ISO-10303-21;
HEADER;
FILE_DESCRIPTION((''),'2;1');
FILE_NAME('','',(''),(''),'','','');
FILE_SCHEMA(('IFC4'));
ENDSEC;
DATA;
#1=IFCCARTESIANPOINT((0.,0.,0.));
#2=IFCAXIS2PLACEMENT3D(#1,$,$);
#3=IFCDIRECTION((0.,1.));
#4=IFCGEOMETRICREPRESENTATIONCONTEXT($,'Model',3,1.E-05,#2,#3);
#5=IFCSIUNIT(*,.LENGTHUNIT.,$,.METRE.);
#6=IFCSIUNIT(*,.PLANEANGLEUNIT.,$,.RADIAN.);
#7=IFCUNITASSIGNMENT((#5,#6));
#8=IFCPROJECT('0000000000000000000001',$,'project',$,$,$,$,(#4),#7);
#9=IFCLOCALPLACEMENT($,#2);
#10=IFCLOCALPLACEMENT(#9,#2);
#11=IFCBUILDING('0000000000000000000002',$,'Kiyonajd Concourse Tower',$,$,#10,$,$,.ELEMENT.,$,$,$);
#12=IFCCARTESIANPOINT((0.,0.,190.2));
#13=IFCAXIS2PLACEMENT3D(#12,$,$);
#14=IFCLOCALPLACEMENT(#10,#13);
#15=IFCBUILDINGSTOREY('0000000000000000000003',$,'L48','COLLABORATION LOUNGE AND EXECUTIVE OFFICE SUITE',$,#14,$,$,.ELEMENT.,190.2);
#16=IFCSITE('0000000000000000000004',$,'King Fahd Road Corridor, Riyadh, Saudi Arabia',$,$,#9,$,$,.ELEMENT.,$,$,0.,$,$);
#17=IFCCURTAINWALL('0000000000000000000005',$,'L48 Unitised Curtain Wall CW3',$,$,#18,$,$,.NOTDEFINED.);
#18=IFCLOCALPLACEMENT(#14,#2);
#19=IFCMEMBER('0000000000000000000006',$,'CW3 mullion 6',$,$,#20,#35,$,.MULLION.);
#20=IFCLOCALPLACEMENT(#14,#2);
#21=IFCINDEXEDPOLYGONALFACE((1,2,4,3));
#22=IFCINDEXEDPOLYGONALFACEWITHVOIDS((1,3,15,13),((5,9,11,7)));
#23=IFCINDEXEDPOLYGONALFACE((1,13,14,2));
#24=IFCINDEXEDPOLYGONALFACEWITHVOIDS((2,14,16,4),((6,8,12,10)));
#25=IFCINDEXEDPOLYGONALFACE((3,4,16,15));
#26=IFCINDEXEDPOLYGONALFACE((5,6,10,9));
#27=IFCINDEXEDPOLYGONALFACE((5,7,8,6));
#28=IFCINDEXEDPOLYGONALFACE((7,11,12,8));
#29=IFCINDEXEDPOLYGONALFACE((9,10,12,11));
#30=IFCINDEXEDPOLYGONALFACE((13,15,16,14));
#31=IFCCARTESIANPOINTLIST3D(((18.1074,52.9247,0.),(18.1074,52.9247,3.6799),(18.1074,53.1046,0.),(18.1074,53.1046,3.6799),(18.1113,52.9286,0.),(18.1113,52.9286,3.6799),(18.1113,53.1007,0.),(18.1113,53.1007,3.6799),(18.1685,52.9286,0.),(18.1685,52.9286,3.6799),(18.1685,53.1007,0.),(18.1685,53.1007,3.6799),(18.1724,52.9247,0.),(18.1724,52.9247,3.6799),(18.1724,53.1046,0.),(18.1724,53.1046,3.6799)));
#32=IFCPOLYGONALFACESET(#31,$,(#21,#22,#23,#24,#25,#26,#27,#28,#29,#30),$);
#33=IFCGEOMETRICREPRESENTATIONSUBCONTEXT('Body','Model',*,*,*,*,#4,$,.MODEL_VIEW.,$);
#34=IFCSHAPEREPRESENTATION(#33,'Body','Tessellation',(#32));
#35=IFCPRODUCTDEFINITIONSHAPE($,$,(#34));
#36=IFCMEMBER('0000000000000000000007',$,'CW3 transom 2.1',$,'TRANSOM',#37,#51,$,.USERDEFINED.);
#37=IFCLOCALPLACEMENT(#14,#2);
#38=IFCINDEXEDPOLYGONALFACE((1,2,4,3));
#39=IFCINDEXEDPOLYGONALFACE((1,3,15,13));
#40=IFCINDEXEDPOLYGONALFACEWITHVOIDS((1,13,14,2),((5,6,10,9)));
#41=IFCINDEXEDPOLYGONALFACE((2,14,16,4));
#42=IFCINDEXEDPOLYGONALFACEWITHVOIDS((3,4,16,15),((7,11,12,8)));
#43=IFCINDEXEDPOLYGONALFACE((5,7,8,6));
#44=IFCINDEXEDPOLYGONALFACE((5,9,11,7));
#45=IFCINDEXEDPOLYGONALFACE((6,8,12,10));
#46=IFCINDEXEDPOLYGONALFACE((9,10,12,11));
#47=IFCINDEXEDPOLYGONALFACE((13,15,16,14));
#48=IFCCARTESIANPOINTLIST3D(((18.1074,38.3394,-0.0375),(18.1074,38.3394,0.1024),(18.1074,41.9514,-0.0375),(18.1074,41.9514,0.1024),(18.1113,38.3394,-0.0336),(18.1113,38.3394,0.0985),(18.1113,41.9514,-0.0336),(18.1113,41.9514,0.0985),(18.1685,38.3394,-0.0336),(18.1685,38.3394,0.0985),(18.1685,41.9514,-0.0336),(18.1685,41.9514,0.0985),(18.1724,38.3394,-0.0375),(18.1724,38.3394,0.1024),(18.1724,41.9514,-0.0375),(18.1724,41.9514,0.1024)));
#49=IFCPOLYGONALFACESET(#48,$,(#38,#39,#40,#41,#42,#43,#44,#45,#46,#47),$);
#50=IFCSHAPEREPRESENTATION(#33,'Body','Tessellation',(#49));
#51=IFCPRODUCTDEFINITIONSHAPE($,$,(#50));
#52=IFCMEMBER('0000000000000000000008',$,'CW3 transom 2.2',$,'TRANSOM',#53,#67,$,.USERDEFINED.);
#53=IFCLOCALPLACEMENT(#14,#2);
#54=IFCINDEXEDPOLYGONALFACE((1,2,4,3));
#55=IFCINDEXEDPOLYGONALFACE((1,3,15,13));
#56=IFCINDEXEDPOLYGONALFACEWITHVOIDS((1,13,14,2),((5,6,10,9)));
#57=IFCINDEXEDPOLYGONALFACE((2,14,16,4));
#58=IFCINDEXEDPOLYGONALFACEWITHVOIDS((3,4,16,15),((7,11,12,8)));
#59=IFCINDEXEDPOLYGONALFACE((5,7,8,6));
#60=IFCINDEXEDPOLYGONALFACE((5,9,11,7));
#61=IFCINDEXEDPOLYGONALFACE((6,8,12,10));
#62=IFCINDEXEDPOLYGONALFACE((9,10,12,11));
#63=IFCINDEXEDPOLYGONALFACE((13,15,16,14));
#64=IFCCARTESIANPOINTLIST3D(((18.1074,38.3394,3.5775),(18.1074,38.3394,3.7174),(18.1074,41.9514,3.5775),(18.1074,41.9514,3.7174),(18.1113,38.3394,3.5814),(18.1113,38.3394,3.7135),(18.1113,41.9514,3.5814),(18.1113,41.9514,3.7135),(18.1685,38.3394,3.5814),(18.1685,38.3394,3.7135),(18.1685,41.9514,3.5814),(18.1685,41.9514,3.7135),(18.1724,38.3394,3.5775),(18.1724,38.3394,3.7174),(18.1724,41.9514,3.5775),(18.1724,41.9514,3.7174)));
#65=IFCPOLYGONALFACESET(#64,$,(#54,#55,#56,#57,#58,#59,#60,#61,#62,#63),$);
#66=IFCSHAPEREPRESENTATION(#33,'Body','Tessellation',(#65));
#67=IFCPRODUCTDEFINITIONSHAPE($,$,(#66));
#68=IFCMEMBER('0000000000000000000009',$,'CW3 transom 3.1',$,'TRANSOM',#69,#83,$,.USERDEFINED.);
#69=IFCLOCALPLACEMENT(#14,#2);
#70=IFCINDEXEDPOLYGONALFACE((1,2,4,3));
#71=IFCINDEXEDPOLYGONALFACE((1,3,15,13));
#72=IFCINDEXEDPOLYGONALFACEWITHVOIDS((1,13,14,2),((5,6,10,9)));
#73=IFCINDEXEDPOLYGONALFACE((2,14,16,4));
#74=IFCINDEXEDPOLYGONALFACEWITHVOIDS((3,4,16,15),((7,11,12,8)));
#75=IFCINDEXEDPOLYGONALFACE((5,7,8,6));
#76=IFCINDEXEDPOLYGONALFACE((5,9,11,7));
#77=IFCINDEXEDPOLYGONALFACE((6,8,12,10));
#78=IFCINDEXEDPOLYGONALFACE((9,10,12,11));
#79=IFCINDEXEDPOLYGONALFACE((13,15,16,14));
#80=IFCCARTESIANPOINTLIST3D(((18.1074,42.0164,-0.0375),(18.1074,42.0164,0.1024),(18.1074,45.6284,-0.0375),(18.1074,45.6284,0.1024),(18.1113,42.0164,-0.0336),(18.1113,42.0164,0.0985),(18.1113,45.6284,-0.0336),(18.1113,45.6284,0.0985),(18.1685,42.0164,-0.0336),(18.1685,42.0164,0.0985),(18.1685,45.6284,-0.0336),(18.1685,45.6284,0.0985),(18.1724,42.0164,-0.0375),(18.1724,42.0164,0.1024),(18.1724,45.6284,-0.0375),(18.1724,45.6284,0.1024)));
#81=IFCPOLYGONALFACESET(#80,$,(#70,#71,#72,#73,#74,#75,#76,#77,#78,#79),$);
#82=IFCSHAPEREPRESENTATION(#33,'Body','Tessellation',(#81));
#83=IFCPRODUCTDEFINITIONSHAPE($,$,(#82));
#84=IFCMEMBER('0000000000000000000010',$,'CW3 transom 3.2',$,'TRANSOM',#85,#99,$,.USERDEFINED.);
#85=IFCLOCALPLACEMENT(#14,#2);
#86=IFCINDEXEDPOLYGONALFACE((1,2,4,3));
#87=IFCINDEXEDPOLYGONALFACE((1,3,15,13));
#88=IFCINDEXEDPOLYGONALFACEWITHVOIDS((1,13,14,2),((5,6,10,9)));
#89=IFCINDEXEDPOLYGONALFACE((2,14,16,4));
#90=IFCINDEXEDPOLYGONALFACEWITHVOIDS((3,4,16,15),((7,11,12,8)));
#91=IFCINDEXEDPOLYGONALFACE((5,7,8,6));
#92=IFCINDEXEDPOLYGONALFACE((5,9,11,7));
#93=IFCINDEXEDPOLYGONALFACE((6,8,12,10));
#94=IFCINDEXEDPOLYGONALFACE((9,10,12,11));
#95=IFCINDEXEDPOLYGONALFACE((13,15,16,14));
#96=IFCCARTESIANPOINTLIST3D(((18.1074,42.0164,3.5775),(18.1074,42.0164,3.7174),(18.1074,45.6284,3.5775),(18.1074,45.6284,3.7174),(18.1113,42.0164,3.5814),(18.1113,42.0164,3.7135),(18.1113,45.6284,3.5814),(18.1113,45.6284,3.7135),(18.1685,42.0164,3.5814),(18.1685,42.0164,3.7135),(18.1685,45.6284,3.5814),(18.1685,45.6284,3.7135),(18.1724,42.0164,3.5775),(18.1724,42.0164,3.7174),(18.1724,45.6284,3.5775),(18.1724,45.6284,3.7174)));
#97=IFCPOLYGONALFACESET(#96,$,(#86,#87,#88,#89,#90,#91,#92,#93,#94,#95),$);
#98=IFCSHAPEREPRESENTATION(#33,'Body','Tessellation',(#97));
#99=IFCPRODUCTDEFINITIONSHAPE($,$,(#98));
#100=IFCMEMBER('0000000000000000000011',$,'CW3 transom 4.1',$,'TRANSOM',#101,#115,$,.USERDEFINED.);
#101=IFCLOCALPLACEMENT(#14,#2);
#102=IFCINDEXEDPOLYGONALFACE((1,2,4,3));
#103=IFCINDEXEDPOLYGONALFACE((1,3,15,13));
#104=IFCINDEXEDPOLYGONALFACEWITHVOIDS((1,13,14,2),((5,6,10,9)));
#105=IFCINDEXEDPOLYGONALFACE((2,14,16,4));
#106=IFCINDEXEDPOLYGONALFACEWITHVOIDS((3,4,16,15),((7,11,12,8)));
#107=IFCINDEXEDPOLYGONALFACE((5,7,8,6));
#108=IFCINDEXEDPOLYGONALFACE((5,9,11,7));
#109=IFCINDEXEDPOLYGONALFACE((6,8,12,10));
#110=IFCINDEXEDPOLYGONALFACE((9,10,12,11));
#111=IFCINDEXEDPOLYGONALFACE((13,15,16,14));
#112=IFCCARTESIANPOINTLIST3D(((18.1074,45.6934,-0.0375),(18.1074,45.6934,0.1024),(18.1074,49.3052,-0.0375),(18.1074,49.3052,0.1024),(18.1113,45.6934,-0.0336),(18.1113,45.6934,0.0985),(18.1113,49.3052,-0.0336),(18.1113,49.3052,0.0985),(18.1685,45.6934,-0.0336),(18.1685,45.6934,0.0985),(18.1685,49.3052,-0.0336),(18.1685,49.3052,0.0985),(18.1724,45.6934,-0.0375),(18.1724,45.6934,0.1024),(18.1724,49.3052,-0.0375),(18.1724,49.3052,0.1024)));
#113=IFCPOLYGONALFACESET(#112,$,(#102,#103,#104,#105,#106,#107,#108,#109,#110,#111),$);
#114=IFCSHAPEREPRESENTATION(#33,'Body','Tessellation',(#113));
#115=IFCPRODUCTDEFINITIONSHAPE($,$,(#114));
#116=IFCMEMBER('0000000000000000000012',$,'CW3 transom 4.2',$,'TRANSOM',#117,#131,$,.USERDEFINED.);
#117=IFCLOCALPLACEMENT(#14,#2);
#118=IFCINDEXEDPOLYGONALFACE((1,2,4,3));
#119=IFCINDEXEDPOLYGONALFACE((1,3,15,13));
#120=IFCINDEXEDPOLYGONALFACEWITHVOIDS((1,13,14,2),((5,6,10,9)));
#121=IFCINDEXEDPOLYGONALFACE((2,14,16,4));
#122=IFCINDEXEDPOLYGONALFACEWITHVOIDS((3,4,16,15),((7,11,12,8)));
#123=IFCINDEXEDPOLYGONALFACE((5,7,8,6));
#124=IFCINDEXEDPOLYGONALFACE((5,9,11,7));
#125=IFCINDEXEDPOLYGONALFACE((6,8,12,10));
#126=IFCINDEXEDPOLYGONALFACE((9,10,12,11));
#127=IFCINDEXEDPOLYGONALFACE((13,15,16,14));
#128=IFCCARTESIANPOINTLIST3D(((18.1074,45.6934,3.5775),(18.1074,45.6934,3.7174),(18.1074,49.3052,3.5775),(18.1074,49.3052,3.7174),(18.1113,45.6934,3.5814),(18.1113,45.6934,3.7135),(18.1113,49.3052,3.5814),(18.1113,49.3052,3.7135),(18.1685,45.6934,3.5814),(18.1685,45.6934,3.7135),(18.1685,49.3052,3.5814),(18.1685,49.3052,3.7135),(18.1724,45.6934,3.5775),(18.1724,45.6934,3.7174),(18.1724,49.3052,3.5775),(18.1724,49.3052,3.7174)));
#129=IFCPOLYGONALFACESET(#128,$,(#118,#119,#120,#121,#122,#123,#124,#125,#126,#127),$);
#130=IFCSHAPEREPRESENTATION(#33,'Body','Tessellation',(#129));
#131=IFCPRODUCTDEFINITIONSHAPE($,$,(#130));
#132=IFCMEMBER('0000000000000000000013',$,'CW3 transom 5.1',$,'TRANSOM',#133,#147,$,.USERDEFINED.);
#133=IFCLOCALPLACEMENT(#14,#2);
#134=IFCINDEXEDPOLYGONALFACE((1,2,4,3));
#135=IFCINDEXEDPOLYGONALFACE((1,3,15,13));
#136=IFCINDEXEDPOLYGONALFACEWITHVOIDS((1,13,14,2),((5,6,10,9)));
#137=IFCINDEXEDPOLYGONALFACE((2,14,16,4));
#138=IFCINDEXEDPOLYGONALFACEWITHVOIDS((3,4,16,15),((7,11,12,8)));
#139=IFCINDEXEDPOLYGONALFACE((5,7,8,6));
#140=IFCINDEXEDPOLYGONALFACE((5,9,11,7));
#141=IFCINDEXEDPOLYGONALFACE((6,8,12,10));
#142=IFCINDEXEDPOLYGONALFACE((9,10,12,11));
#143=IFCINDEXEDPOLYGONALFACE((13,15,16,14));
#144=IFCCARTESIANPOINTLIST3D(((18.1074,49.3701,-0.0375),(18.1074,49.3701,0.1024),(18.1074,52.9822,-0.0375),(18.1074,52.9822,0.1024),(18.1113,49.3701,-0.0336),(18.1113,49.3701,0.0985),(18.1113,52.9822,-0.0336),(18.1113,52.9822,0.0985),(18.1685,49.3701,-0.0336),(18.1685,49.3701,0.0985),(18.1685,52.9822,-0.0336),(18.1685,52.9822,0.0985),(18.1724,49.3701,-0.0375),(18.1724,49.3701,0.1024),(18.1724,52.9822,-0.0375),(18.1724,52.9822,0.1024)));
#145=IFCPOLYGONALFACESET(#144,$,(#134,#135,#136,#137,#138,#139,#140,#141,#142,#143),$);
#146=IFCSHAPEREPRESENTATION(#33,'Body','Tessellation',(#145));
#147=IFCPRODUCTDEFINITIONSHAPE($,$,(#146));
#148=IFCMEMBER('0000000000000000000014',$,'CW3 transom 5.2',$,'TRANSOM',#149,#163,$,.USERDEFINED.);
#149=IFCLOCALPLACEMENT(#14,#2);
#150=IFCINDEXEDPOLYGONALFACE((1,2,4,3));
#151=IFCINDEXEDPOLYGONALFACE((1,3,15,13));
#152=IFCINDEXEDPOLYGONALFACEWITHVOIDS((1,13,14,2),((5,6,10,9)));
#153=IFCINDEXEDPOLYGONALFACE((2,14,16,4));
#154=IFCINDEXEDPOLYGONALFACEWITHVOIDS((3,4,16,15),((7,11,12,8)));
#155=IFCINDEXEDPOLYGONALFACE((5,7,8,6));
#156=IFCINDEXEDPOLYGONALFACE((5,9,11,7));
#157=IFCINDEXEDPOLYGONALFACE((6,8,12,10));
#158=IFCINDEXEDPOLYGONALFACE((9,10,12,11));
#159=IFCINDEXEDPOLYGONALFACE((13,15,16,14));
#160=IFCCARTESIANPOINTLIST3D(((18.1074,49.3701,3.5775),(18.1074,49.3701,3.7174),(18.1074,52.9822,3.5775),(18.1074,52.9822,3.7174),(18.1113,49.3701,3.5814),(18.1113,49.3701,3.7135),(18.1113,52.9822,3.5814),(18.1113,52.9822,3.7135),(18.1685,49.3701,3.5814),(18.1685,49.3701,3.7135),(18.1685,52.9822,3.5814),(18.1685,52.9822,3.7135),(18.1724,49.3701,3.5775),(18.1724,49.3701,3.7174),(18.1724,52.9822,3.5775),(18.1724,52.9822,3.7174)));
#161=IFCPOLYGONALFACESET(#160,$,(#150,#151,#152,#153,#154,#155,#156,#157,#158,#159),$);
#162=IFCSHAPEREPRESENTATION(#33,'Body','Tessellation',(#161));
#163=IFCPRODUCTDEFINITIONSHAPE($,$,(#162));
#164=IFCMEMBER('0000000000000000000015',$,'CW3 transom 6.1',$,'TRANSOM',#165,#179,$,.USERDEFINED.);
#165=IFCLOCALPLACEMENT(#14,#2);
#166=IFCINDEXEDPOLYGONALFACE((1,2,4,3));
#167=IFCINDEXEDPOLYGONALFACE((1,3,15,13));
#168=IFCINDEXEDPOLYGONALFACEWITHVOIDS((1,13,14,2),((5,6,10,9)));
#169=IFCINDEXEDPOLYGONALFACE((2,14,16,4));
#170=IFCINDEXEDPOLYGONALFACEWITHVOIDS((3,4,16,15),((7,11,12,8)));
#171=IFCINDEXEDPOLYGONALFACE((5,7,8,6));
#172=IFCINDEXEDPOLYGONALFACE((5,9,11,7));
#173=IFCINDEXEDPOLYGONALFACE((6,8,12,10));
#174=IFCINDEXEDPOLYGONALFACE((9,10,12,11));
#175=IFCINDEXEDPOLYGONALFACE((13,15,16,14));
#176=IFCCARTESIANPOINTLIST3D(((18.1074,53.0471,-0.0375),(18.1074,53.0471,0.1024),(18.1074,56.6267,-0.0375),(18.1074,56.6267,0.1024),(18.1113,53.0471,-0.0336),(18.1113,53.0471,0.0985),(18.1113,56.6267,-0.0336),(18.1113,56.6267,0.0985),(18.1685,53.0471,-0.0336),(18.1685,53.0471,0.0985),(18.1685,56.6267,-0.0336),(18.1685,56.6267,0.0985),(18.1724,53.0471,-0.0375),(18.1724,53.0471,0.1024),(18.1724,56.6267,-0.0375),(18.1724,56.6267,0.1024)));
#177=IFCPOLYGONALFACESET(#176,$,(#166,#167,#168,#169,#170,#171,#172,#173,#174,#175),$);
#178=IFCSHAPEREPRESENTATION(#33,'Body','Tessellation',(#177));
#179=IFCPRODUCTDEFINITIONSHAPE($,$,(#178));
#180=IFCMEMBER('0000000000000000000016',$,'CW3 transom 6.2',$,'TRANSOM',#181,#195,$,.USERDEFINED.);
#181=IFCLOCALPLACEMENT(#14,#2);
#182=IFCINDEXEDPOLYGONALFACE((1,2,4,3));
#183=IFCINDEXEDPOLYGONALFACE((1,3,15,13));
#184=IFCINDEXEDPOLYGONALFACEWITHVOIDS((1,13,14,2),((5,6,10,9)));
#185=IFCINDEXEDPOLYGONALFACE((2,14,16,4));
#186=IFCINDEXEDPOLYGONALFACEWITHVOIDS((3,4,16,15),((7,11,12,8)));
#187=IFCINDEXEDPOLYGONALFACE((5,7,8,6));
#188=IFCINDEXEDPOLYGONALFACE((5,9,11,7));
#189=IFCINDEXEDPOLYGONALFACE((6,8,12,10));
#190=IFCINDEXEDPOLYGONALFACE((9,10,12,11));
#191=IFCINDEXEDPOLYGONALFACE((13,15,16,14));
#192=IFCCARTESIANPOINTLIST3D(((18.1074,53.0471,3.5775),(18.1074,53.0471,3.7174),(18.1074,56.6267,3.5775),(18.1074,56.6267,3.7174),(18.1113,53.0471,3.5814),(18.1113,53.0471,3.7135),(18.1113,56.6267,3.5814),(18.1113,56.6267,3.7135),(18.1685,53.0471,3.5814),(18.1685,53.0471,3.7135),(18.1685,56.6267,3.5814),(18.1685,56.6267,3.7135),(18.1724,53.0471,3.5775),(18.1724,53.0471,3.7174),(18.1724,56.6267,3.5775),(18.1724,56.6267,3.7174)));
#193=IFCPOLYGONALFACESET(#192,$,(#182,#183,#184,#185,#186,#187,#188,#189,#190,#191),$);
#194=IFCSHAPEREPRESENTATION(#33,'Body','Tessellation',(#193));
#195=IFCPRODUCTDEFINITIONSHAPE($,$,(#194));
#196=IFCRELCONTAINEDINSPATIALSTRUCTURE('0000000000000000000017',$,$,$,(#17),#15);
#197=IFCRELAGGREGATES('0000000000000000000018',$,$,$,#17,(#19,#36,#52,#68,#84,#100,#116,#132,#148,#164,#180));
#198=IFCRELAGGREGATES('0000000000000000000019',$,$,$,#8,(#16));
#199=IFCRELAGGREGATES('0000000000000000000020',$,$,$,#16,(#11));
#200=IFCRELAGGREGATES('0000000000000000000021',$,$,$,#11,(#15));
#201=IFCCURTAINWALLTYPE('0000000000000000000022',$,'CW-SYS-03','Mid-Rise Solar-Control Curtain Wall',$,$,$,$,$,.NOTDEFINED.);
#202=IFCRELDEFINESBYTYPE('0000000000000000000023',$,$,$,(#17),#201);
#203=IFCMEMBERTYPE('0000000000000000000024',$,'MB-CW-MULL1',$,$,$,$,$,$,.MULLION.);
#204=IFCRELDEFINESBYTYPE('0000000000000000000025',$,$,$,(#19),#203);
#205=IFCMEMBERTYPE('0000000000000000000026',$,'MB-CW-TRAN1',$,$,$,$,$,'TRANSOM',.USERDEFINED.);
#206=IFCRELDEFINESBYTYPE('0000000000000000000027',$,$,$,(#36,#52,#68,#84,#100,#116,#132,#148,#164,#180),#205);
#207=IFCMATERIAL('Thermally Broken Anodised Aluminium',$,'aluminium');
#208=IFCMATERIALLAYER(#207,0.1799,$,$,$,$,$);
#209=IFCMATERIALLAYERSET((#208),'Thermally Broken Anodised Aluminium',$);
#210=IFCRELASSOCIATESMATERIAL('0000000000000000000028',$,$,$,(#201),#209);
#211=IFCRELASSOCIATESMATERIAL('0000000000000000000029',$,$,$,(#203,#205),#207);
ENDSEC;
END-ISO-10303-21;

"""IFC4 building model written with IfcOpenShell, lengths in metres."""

from ifc_helpers import new_model, si_unit, direction, frame, origin, origin_2d, place, context, subcontext, project, spatial, hollow_rectangle, extrude, material, layer, layer_set, material_profile, profile_set, type_object, element, aggregate, save


model = new_model("IFC4")

# Units and contexts
model_context = context("Model", 3, precision=1e-05, world=origin(), true_north=direction((0.0, 1.0)))
body_context = subcontext(model_context, "Body", "Model", "MODEL_VIEW")
ifc_project = project(units=[si_unit("LENGTHUNIT", "METRE"), si_unit("PLANEANGLEUNIT", "RADIAN")], contexts=[model_context])

# Site, building, storey
site_placement = place(None, origin())
site = spatial("IfcSite", under=ifc_project, at=site_placement, Name="King Fahd Road Corridor, Riyadh, Saudi Arabia", CompositionType="ELEMENT", RefElevation=0.0)
building_placement = place(site_placement, origin())
building = spatial("IfcBuilding", under=site, at=building_placement, Name="Kiyonajd Concourse Tower", CompositionType="ELEMENT")
storey_placement = place(building_placement, frame((0.0, 0.0, 190.2)))
storey = spatial("IfcBuildingStorey", under=building, at=storey_placement, Name="L48", Description="COLLABORATION LOUNGE AND EXECUTIVE OFFICE SUITE", CompositionType="ELEMENT", Elevation=190.2)

# Curtain wall, members
ifc_material_1 = material(Name="Thermally Broken Anodised Aluminium", Category="aluminium")
ifc_layer_1 = layer(ifc_material_1, 0.1799)
ifc_layer_set_1 = layer_set([ifc_layer_1], Name="Thermally Broken Anodised Aluminium")
curtain_wall_type = type_object("IfcCurtainWallType", Name="CW-SYS-03", Description="Mid-Rise Solar-Control Curtain Wall", PredefinedType="NOTDEFINED", material=ifc_layer_set_1)
curtain_wall_placement = place(storey_placement, origin())
curtain_wall = element("IfcCurtainWall", 1, at=curtain_wall_placement, inside=storey, type_object=curtain_wall_type, Name="L48 Unitised Curtain Wall CW3", PredefinedType="NOTDEFINED")
ifc_material_profile_1 = material_profile(ifc_material_1, hollow_rectangle(XDim=0.0649, YDim=0.1799, WallThickness=0.0039, at=origin_2d()), Name="MULL-65x180")
ifc_profile_set_1 = profile_set([ifc_material_profile_1], Name="Thermally Broken Anodised Aluminium")
member_type_1 = type_object("IfcMemberType", Name="MB-CW-MULL1", PredefinedType="MULLION", material=ifc_profile_set_1)
member_1_placement = place(storey_placement, frame((18.1399, 53.0146, 0.0), z_axis=(0.0, 0.0, 1.0), x_axis=(-1.0, 0.0, 0.0)))
member_1 = element("IfcMember", 2, at=member_1_placement, type_object=member_type_1, Name="CW3 mullion 6", PredefinedType="MULLION", context=body_context, shape_type="SweptSolid", body=[
    extrude(hollow_rectangle(XDim=0.0649, YDim=0.1799, WallThickness=0.0039, at=origin_2d()), origin(), (0.0, 0.0, 1.0), 3.6799),
])
ifc_material_profile_2 = material_profile(ifc_material_1, hollow_rectangle(XDim=0.0649, YDim=0.1399, WallThickness=0.0039, at=origin_2d()), Name="TRAN-65x140")
ifc_profile_set_2 = profile_set([ifc_material_profile_2], Name="Thermally Broken Anodised Aluminium")
member_type_2 = type_object("IfcMemberType", Name="MB-CW-TRAN1", ElementType="TRANSOM", PredefinedType="USERDEFINED", material=ifc_profile_set_2)
member_2_placement = place(storey_placement, frame((18.1399, 38.3394, 0.0325), z_axis=(0.0, 1.0, 0.0), x_axis=(-1.0, 0.0, 0.0)))
member_2 = element("IfcMember", 3, at=member_2_placement, type_object=member_type_2, Name="CW3 transom 2.1", ObjectType="TRANSOM", PredefinedType="USERDEFINED", context=body_context, shape_type="SweptSolid", body=[
    extrude(hollow_rectangle(XDim=0.0649, YDim=0.1399, WallThickness=0.0039, at=origin_2d()), origin(), (0.0, 0.0, 1.0), 3.6121),
])
member_3_placement = place(storey_placement, frame((18.1399, 38.3394, 3.6475), z_axis=(0.0, 1.0, 0.0), x_axis=(-1.0, 0.0, 0.0)))
member_3 = element("IfcMember", 4, at=member_3_placement, type_object=member_type_2, Name="CW3 transom 2.2", ObjectType="TRANSOM", PredefinedType="USERDEFINED", context=body_context, shape_type="SweptSolid", body=[
    extrude(hollow_rectangle(XDim=0.0649, YDim=0.1399, WallThickness=0.0039, at=origin_2d()), origin(), (0.0, 0.0, 1.0), 3.6121),
])
member_4_placement = place(storey_placement, frame((18.1399, 42.0164, 0.0325), z_axis=(0.0, 1.0, 0.0), x_axis=(-1.0, 0.0, 0.0)))
member_4 = element("IfcMember", 5, at=member_4_placement, type_object=member_type_2, Name="CW3 transom 3.1", ObjectType="TRANSOM", PredefinedType="USERDEFINED", context=body_context, shape_type="SweptSolid", body=[
    extrude(hollow_rectangle(XDim=0.0649, YDim=0.1399, WallThickness=0.0039, at=origin_2d()), origin(), (0.0, 0.0, 1.0), 3.6121),
])
member_5_placement = place(storey_placement, frame((18.1399, 42.0164, 3.6475), z_axis=(0.0, 1.0, 0.0), x_axis=(-1.0, 0.0, 0.0)))
member_5 = element("IfcMember", 6, at=member_5_placement, type_object=member_type_2, Name="CW3 transom 3.2", ObjectType="TRANSOM", PredefinedType="USERDEFINED", context=body_context, shape_type="SweptSolid", body=[
    extrude(hollow_rectangle(XDim=0.0649, YDim=0.1399, WallThickness=0.0039, at=origin_2d()), origin(), (0.0, 0.0, 1.0), 3.6121),
])
member_6_placement = place(storey_placement, frame((18.1399, 45.6934, 0.0325), z_axis=(0.0, 1.0, 0.0), x_axis=(-1.0, 0.0, 0.0)))
member_6 = element("IfcMember", 7, at=member_6_placement, type_object=member_type_2, Name="CW3 transom 4.1", ObjectType="TRANSOM", PredefinedType="USERDEFINED", context=body_context, shape_type="SweptSolid", body=[
    extrude(hollow_rectangle(XDim=0.0649, YDim=0.1399, WallThickness=0.0039, at=origin_2d()), origin(), (0.0, 0.0, 1.0), 3.6118),
])
member_7_placement = place(storey_placement, frame((18.1399, 45.6934, 3.6475), z_axis=(0.0, 1.0, 0.0), x_axis=(-1.0, 0.0, 0.0)))
member_7 = element("IfcMember", 8, at=member_7_placement, type_object=member_type_2, Name="CW3 transom 4.2", ObjectType="TRANSOM", PredefinedType="USERDEFINED", context=body_context, shape_type="SweptSolid", body=[
    extrude(hollow_rectangle(XDim=0.0649, YDim=0.1399, WallThickness=0.0039, at=origin_2d()), origin(), (0.0, 0.0, 1.0), 3.6118),
])
member_8_placement = place(storey_placement, frame((18.1399, 49.3701, 0.0325), z_axis=(0.0, 1.0, 0.0), x_axis=(-1.0, 0.0, 0.0)))
member_8 = element("IfcMember", 9, at=member_8_placement, type_object=member_type_2, Name="CW3 transom 5.1", ObjectType="TRANSOM", PredefinedType="USERDEFINED", context=body_context, shape_type="SweptSolid", body=[
    extrude(hollow_rectangle(XDim=0.0649, YDim=0.1399, WallThickness=0.0039, at=origin_2d()), origin(), (0.0, 0.0, 1.0), 3.6121),
])
member_9_placement = place(storey_placement, frame((18.1399, 49.3701, 3.6475), z_axis=(0.0, 1.0, 0.0), x_axis=(-1.0, 0.0, 0.0)))
member_9 = element("IfcMember", 10, at=member_9_placement, type_object=member_type_2, Name="CW3 transom 5.2", ObjectType="TRANSOM", PredefinedType="USERDEFINED", context=body_context, shape_type="SweptSolid", body=[
    extrude(hollow_rectangle(XDim=0.0649, YDim=0.1399, WallThickness=0.0039, at=origin_2d()), origin(), (0.0, 0.0, 1.0), 3.6121),
])
member_10_placement = place(storey_placement, frame((18.1399, 53.0471, 0.0325), z_axis=(0.0, 1.0, 0.0), x_axis=(-1.0, 0.0, 0.0)))
member_10 = element("IfcMember", 11, at=member_10_placement, type_object=member_type_2, Name="CW3 transom 6.1", ObjectType="TRANSOM", PredefinedType="USERDEFINED", context=body_context, shape_type="SweptSolid", body=[
    extrude(hollow_rectangle(XDim=0.0649, YDim=0.1399, WallThickness=0.0039, at=origin_2d()), origin(), (0.0, 0.0, 1.0), 3.5796),
])
member_11_placement = place(storey_placement, frame((18.1399, 53.0471, 3.6475), z_axis=(0.0, 1.0, 0.0), x_axis=(-1.0, 0.0, 0.0)))
member_11 = element("IfcMember", 12, at=member_11_placement, type_object=member_type_2, Name="CW3 transom 6.2", ObjectType="TRANSOM", PredefinedType="USERDEFINED", context=body_context, shape_type="SweptSolid", body=[
    extrude(hollow_rectangle(XDim=0.0649, YDim=0.1399, WallThickness=0.0039, at=origin_2d()), origin(), (0.0, 0.0, 1.0), 3.5796),
])
aggregate(curtain_wall, [member_1, member_2, member_3, member_4, member_5, member_6, member_7, member_8, member_9, member_10, member_11])

save(model, "model.ifc")
